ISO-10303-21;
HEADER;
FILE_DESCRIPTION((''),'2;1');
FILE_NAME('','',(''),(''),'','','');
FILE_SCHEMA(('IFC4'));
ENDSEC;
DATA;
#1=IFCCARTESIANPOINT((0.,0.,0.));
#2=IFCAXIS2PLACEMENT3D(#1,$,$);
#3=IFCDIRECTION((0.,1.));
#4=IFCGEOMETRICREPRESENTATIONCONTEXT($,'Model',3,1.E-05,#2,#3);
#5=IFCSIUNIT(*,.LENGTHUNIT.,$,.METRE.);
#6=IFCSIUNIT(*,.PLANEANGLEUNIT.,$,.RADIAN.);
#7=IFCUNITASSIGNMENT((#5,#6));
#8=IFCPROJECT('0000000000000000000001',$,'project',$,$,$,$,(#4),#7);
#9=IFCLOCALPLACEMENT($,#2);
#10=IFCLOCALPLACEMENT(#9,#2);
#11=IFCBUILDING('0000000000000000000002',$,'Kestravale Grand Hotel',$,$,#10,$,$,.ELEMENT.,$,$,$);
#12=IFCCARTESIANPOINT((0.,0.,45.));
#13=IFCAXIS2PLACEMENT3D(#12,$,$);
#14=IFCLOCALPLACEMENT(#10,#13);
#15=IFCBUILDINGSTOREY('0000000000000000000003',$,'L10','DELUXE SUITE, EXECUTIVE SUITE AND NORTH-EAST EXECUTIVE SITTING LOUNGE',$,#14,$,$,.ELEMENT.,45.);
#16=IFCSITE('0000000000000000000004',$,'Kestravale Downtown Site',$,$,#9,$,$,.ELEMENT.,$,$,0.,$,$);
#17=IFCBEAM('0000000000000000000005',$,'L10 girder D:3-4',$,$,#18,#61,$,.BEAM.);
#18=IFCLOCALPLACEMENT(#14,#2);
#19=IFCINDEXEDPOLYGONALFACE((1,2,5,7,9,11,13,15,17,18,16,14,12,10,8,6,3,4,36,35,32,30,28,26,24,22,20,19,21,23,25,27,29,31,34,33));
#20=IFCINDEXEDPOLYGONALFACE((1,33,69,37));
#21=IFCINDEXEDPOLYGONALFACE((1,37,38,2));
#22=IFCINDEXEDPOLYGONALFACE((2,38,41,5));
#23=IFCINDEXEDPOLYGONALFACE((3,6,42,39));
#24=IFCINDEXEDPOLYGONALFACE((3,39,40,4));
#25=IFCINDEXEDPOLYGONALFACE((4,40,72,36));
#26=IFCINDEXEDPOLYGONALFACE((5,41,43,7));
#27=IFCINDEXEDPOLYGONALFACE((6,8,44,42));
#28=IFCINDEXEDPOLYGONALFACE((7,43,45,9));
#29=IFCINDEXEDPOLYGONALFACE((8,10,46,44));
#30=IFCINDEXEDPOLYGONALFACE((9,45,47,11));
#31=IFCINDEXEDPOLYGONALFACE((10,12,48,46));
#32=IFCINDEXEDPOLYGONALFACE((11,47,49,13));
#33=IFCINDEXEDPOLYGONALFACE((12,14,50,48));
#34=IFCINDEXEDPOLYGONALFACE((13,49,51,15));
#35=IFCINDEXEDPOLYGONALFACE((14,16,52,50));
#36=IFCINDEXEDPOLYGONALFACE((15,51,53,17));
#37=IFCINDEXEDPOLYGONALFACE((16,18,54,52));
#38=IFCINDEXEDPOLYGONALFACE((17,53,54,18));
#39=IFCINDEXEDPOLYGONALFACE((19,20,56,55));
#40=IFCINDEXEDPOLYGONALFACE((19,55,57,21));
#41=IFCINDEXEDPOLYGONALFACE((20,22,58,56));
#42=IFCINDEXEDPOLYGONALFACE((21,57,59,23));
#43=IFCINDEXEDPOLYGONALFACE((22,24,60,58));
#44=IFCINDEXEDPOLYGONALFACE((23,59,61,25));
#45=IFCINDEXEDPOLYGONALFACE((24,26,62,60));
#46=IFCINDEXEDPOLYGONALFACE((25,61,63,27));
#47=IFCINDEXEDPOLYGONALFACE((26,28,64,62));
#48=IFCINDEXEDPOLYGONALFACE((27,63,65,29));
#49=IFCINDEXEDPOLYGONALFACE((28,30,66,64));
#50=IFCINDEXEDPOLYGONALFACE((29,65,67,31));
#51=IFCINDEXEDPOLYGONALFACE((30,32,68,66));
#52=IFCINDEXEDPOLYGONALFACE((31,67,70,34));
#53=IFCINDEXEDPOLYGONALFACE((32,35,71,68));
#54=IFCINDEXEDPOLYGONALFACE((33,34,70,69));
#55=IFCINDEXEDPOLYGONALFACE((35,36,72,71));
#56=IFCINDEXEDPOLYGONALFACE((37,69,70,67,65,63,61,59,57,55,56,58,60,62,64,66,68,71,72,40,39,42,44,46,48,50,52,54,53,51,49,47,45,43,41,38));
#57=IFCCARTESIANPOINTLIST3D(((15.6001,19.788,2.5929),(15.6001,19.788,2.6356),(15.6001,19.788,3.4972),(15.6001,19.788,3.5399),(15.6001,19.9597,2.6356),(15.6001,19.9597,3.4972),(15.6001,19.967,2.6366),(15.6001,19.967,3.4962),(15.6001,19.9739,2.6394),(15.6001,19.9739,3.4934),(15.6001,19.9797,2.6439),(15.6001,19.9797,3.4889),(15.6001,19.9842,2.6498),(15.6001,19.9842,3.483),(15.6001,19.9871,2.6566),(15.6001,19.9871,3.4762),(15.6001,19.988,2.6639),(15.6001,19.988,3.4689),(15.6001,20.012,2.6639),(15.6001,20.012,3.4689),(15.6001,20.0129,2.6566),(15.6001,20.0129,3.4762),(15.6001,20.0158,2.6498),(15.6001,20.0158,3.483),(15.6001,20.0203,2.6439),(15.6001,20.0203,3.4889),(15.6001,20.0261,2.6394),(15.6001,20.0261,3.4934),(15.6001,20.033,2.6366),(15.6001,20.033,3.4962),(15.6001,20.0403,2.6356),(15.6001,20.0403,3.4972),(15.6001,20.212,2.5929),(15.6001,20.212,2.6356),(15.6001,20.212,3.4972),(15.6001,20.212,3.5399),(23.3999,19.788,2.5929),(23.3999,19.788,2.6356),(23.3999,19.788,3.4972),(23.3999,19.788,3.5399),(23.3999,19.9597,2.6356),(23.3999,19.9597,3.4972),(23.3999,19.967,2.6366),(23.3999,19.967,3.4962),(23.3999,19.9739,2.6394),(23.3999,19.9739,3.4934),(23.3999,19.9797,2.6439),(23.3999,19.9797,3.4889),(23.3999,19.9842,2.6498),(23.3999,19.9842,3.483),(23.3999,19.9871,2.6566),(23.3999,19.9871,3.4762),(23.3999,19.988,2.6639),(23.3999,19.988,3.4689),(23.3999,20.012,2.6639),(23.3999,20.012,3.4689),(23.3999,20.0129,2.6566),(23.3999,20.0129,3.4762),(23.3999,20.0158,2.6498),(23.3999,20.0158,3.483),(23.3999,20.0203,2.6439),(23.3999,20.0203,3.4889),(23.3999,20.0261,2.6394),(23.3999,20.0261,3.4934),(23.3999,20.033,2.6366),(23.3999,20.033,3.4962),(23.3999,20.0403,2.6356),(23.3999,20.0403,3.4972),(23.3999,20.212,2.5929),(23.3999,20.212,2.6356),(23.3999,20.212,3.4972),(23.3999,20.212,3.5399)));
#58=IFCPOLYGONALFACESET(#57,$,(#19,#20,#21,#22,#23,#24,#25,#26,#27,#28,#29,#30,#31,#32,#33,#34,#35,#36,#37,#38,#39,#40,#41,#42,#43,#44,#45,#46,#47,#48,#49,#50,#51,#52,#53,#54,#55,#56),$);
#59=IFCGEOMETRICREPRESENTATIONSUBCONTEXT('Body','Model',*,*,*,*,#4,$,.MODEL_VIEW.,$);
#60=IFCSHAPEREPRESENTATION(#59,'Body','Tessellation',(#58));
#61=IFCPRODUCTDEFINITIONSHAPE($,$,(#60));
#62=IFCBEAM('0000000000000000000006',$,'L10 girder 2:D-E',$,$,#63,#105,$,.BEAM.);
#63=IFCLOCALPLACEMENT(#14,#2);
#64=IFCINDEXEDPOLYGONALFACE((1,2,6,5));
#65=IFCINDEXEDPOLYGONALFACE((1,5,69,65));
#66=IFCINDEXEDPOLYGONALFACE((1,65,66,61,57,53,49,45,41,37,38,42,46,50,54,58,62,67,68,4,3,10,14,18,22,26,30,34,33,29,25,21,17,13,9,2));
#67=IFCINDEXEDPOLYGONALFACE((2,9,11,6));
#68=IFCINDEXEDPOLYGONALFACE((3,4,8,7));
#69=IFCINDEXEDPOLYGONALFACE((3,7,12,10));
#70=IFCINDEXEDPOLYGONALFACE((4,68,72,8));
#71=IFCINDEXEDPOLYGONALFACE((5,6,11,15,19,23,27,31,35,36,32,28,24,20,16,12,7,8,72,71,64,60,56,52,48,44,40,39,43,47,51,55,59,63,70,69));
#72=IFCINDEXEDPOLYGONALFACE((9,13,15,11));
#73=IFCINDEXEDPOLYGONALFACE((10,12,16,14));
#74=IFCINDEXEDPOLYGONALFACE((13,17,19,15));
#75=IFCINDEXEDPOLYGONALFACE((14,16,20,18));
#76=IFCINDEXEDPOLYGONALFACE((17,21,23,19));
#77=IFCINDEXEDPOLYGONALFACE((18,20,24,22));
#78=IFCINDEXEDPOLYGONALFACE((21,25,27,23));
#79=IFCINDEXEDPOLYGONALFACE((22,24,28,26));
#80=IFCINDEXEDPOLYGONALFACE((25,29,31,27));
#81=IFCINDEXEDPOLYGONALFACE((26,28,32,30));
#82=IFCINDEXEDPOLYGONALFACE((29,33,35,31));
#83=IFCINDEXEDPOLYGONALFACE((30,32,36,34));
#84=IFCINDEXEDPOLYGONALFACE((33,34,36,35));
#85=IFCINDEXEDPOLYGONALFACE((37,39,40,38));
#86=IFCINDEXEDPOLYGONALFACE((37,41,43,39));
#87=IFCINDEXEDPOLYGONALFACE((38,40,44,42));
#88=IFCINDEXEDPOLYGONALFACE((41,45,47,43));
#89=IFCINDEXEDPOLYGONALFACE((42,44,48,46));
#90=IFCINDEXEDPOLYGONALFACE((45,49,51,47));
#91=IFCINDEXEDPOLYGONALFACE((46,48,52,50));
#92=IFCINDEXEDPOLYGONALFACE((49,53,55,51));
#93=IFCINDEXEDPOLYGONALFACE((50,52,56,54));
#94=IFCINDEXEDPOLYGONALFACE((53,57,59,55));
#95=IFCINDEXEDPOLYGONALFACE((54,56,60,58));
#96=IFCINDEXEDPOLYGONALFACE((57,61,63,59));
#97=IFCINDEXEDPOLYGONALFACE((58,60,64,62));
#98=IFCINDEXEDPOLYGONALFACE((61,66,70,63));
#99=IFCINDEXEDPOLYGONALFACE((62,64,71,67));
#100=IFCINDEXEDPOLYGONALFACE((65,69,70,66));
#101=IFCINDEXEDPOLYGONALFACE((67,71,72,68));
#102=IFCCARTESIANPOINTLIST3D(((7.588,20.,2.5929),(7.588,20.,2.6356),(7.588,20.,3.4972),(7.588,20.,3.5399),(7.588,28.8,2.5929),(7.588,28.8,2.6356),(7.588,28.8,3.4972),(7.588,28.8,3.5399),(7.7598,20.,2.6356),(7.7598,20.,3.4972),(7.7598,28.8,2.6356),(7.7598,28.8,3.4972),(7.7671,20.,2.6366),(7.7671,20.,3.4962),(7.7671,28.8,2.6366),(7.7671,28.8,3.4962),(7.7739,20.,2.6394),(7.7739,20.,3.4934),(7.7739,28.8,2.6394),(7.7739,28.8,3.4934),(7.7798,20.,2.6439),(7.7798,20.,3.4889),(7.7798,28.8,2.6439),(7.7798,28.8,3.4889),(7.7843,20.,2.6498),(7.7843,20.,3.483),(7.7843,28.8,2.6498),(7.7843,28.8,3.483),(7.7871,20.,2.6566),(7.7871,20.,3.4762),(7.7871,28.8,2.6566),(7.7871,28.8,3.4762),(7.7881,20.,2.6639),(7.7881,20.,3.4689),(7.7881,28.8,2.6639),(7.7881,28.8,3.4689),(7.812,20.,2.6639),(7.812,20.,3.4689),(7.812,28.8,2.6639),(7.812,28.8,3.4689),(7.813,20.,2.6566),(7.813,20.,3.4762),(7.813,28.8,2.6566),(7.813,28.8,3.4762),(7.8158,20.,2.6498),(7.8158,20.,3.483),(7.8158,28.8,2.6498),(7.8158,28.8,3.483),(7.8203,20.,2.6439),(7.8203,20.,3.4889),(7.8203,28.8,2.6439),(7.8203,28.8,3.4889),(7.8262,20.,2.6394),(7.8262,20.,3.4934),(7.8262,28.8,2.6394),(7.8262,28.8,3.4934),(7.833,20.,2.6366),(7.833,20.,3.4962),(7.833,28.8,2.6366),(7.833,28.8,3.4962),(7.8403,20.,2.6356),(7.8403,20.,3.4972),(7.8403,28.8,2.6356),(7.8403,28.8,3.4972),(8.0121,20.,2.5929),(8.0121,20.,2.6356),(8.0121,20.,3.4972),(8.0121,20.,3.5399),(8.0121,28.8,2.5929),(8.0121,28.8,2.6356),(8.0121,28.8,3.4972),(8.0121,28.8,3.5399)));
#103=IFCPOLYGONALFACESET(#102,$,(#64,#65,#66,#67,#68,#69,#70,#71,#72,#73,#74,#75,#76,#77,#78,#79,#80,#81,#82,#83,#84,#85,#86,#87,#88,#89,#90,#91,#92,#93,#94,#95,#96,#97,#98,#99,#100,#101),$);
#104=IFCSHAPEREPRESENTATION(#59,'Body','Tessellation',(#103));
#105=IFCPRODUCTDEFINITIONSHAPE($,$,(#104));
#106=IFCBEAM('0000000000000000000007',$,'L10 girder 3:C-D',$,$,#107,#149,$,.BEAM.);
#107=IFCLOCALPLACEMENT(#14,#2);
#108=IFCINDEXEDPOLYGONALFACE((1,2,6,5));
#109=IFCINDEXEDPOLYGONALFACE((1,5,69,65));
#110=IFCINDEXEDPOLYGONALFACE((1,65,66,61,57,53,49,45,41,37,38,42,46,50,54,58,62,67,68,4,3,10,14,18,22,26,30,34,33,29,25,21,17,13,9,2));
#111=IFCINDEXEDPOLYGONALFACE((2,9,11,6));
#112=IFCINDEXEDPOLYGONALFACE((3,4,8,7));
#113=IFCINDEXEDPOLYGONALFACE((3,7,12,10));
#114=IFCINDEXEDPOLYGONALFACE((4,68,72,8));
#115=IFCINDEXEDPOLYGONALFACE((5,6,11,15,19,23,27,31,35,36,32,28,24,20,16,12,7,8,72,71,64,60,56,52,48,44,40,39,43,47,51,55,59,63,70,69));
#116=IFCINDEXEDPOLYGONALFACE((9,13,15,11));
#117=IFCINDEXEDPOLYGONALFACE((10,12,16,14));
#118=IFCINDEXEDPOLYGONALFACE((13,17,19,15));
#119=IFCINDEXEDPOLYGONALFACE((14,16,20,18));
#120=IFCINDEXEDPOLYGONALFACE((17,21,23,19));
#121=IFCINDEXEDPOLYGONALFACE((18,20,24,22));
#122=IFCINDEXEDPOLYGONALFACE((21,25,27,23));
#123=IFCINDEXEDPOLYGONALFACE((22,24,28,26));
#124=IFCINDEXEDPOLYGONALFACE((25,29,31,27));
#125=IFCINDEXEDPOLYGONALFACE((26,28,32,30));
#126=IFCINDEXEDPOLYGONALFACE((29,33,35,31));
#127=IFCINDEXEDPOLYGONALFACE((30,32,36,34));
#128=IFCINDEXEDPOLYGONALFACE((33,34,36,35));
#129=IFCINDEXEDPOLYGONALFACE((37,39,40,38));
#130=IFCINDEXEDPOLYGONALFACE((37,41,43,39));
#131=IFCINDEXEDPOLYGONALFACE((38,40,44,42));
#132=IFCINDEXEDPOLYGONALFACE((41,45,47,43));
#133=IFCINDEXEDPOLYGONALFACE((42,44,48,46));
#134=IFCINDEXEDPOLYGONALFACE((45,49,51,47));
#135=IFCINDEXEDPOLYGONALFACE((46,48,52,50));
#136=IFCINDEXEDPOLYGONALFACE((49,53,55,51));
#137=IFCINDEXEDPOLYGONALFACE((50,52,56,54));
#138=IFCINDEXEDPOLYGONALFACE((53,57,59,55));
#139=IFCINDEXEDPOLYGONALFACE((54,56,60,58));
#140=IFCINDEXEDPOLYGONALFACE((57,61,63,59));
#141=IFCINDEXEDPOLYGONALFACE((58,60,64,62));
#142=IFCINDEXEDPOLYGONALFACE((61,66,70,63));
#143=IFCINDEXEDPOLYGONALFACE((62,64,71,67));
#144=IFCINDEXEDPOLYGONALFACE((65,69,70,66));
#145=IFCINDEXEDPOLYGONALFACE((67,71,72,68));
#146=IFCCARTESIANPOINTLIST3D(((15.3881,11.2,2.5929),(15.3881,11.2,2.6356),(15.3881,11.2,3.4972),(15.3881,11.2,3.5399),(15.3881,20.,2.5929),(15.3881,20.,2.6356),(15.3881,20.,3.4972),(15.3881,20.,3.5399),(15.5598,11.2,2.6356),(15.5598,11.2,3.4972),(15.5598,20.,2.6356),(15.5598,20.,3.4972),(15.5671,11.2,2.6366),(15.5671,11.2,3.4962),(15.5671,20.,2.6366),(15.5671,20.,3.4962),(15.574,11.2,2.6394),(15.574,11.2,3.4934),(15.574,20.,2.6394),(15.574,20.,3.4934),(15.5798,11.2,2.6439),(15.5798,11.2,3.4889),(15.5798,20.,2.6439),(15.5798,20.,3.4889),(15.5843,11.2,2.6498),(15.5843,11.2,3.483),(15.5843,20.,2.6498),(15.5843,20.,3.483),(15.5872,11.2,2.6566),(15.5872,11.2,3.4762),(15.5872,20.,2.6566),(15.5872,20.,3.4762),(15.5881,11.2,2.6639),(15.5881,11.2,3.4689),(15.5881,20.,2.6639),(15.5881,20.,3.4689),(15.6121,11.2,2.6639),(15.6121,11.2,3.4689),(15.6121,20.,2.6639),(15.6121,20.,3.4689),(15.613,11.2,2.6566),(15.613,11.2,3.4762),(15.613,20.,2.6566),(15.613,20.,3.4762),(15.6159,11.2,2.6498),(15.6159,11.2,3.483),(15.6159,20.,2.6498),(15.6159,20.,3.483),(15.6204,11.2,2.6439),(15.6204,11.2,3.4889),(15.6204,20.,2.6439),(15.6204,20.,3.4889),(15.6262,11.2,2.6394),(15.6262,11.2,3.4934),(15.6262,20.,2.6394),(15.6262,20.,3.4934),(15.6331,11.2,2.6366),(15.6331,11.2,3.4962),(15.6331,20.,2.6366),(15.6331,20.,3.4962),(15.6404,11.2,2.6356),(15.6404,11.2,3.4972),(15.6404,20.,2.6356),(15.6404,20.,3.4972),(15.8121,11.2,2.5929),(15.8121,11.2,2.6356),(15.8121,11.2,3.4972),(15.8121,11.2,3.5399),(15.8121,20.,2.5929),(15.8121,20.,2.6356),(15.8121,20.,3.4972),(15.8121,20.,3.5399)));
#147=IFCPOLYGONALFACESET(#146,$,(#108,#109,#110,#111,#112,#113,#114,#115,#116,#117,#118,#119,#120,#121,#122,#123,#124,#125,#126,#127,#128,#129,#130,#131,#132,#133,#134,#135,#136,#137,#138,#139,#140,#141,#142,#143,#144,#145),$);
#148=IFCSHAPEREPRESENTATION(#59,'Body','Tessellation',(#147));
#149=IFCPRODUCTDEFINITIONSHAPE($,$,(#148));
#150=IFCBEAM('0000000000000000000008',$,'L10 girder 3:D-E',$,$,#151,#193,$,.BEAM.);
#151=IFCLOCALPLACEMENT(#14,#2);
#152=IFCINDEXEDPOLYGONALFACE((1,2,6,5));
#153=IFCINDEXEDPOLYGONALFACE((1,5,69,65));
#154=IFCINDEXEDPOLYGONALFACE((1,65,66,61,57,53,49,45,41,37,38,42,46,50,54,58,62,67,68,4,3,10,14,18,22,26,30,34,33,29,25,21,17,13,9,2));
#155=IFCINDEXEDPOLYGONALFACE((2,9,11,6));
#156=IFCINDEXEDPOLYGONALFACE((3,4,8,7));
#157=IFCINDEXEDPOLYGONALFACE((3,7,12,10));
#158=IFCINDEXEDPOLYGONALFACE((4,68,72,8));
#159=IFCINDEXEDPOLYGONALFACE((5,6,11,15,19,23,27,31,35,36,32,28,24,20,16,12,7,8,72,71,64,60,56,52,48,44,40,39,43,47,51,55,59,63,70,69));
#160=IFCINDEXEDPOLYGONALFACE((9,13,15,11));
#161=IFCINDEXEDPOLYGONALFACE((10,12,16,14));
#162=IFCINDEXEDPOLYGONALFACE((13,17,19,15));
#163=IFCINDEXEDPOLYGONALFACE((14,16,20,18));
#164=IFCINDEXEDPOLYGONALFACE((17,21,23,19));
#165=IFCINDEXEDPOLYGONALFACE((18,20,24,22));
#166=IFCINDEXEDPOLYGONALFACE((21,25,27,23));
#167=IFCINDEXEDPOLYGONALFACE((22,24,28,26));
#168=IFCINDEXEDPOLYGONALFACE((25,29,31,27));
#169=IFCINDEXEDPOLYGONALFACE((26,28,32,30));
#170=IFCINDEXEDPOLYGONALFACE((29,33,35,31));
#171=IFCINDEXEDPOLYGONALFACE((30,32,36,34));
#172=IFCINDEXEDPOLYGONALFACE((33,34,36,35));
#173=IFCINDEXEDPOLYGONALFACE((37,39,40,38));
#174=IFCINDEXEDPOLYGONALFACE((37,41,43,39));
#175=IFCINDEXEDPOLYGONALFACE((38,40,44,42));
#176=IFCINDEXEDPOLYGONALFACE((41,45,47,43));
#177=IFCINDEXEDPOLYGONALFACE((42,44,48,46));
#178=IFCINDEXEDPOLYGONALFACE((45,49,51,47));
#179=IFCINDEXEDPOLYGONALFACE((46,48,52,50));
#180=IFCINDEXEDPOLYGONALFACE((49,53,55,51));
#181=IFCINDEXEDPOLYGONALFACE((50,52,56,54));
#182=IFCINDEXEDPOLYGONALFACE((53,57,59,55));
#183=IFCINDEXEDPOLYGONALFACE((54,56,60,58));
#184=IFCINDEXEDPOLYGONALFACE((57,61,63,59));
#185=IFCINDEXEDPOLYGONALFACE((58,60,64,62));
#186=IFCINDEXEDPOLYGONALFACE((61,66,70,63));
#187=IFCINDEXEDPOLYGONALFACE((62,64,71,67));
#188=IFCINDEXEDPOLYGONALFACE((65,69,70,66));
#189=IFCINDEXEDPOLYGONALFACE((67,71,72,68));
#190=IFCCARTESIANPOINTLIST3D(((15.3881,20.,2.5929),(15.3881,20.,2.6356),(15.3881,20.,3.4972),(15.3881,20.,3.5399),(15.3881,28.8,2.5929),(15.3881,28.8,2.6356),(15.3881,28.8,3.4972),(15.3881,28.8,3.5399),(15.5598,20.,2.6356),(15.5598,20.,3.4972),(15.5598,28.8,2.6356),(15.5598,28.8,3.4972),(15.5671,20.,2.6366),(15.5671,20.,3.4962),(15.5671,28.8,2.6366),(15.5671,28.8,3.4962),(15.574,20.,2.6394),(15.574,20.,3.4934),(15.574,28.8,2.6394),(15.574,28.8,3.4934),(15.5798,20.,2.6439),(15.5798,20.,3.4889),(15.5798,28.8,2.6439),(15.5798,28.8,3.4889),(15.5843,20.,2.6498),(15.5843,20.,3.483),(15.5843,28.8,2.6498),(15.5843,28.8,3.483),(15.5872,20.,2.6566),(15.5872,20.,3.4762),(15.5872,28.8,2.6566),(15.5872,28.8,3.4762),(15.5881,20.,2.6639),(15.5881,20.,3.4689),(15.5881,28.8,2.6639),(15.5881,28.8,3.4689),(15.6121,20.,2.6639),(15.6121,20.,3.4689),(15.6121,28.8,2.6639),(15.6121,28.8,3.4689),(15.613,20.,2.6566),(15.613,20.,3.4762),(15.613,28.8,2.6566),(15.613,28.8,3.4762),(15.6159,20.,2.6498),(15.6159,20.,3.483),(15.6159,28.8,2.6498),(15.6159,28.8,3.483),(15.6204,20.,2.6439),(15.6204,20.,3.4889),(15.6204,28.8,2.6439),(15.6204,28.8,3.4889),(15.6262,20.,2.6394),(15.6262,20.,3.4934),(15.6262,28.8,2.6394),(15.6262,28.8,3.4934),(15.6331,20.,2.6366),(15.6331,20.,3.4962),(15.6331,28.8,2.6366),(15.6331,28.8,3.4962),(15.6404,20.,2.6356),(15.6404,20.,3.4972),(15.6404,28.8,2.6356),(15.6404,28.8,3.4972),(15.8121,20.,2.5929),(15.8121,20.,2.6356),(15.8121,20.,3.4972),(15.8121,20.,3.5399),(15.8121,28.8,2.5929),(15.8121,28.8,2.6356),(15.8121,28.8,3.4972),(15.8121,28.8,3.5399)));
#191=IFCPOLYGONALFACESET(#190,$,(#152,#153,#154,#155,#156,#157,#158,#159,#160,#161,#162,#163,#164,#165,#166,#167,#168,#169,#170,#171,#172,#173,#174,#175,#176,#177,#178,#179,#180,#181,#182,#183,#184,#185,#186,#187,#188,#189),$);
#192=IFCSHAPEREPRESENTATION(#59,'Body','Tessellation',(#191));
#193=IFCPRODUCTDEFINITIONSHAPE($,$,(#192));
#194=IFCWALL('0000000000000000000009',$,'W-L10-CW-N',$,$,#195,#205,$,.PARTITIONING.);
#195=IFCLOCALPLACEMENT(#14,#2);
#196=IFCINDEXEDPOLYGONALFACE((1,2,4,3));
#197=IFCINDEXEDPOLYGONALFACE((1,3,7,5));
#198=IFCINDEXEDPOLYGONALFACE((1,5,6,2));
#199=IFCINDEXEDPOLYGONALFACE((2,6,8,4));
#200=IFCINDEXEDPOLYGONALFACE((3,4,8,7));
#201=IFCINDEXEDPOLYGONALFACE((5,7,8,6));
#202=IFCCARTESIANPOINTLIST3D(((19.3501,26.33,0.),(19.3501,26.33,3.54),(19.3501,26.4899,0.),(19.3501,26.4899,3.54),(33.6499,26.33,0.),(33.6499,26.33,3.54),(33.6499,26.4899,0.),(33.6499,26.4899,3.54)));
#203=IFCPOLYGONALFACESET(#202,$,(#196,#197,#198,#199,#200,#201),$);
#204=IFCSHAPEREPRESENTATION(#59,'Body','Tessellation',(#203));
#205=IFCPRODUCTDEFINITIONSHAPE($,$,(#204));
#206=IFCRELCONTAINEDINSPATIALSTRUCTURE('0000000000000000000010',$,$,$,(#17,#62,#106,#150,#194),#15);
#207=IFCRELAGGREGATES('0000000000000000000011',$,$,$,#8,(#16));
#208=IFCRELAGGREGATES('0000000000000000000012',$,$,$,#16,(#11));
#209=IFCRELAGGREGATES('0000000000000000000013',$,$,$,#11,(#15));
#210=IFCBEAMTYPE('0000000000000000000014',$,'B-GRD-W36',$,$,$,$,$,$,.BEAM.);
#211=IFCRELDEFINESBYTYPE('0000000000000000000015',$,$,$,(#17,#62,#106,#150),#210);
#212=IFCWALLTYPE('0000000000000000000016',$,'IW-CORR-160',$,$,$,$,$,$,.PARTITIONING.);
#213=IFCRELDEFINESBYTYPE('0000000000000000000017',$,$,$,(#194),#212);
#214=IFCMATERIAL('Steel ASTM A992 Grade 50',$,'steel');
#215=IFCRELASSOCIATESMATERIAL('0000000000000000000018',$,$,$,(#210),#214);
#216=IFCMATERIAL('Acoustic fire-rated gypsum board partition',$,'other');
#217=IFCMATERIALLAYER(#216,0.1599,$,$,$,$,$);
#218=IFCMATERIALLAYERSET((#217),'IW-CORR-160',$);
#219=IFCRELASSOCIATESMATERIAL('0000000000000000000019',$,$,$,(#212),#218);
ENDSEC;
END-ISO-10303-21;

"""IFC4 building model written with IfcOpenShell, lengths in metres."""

from ifc_helpers import new_model, si_unit, direction, frame, frame_2d, origin, origin_2d, place, context, subcontext, project, spatial, rectangle, i_section, extrude, material, layer, layer_set, material_profile, profile_set, type_object, element, save


model = new_model("IFC4")

# Units and contexts
model_context = context("Model", 3, precision=1e-05, world=origin(), true_north=direction((0.0, 1.0)))
body_context = subcontext(model_context, "Body", "Model", "MODEL_VIEW")
ifc_project = project(units=[si_unit("LENGTHUNIT", "METRE"), si_unit("PLANEANGLEUNIT", "RADIAN")], contexts=[model_context])

# Site, building, storey
site_placement = place(None, origin())
site = spatial("IfcSite", under=ifc_project, at=site_placement, Name="Kestravale Downtown Site", CompositionType="ELEMENT", RefElevation=0.0)
building_placement = place(site_placement, origin())
building = spatial("IfcBuilding", under=site, at=building_placement, Name="Kestravale Grand Hotel", CompositionType="ELEMENT")
storey_placement = place(building_placement, frame((0.0, 0.0, 45.0)))
storey = spatial("IfcBuildingStorey", under=building, at=storey_placement, Name="L10", Description="DELUXE SUITE, EXECUTIVE SUITE AND NORTH-EAST EXECUTIVE SITTING LOUNGE", CompositionType="ELEMENT", Elevation=45.0)

# Beams
ifc_material_1 = material(Name="Steel ASTM A992 Grade 50", Category="steel")
ifc_material_profile_1 = material_profile(ifc_material_1, i_section(OverallWidth=0.4241, OverallDepth=0.947, WebThickness=0.0239, FlangeThickness=0.0427, FilletRadius=0.0283, at=origin_2d()))
ifc_profile_set_1 = profile_set([ifc_material_profile_1], Name="Steel ASTM A992 Grade 50")
beam_type_1 = type_object("IfcBeamType", Name="B-GRD-W36", PredefinedType="BEAM", material=ifc_profile_set_1)
beam_1_placement = place(storey_placement, frame((15.6001, 20.0, 3.0664), z_axis=(1.0, 0.0, 0.0), x_axis=(0.0, 1.0, 0.0)))
element("IfcBeam", 1, at=beam_1_placement, inside=storey, type_object=beam_type_1, Name="L10 girder D:3-4", PredefinedType="BEAM", context=body_context, shape_type="SweptSolid", body=[
    extrude(i_section(OverallWidth=0.4241, OverallDepth=0.947, WebThickness=0.0239, FlangeThickness=0.0427, FilletRadius=0.0283, at=origin_2d()), origin(), (0.0, 0.0, 1.0), 7.7998),
])
for number, where, z_axis, x_axis, name in (
    (2, (7.8, 20.0, 3.0664), (0.0, 1.0, 0.0), (-1.0, 0.0, 0.0), "L10 girder 2:D-E"),
    (3, (15.6001, 11.2, 3.0664), (0.0, 1.0, 0.0), (-1.0, 0.0, 0.0), "L10 girder 3:C-D"),
    (4, (15.6001, 20.0, 3.0664), (0.0, 1.0, 0.0), (-1.0, 0.0, 0.0), "L10 girder 3:D-E"),
):
    element("IfcBeam", number, at=place(storey_placement, frame(where, z_axis=z_axis, x_axis=x_axis)), inside=storey, type_object=beam_type_1, Name=name, PredefinedType="BEAM", context=body_context, shape_type="SweptSolid", body=[
        extrude(i_section(OverallWidth=0.4241, OverallDepth=0.947, WebThickness=0.0239, FlangeThickness=0.0427, FilletRadius=0.0283, at=origin_2d()), origin(), (0.0, 0.0, 1.0), 8.8),
    ])

# Wall
ifc_material_2 = material(Name="Acoustic fire-rated gypsum board partition", Category="other")
ifc_layer_1 = layer(ifc_material_2, 0.1599)
ifc_layer_set_1 = layer_set([ifc_layer_1], Name="IW-CORR-160")
wall_type_1 = type_object("IfcWallType", Name="IW-CORR-160", PredefinedType="PARTITIONING", material=ifc_layer_set_1)
wall_1_placement = place(storey_placement, frame((19.3501, 26.4099, 0.0), z_axis=(0.0, 0.0, 1.0), x_axis=(1.0, 0.0, 0.0)))
element("IfcWall", 5, at=wall_1_placement, inside=storey, type_object=wall_type_1, Name="W-L10-CW-N", PredefinedType="PARTITIONING", context=body_context, shape_type="SweptSolid", body=[
    extrude(rectangle(XDim=14.2998, YDim=0.1599, at=frame_2d((7.1499, 0.0))), origin(), (0.0, 0.0, 1.0), 3.54),
])

save(model, "model.ifc")
